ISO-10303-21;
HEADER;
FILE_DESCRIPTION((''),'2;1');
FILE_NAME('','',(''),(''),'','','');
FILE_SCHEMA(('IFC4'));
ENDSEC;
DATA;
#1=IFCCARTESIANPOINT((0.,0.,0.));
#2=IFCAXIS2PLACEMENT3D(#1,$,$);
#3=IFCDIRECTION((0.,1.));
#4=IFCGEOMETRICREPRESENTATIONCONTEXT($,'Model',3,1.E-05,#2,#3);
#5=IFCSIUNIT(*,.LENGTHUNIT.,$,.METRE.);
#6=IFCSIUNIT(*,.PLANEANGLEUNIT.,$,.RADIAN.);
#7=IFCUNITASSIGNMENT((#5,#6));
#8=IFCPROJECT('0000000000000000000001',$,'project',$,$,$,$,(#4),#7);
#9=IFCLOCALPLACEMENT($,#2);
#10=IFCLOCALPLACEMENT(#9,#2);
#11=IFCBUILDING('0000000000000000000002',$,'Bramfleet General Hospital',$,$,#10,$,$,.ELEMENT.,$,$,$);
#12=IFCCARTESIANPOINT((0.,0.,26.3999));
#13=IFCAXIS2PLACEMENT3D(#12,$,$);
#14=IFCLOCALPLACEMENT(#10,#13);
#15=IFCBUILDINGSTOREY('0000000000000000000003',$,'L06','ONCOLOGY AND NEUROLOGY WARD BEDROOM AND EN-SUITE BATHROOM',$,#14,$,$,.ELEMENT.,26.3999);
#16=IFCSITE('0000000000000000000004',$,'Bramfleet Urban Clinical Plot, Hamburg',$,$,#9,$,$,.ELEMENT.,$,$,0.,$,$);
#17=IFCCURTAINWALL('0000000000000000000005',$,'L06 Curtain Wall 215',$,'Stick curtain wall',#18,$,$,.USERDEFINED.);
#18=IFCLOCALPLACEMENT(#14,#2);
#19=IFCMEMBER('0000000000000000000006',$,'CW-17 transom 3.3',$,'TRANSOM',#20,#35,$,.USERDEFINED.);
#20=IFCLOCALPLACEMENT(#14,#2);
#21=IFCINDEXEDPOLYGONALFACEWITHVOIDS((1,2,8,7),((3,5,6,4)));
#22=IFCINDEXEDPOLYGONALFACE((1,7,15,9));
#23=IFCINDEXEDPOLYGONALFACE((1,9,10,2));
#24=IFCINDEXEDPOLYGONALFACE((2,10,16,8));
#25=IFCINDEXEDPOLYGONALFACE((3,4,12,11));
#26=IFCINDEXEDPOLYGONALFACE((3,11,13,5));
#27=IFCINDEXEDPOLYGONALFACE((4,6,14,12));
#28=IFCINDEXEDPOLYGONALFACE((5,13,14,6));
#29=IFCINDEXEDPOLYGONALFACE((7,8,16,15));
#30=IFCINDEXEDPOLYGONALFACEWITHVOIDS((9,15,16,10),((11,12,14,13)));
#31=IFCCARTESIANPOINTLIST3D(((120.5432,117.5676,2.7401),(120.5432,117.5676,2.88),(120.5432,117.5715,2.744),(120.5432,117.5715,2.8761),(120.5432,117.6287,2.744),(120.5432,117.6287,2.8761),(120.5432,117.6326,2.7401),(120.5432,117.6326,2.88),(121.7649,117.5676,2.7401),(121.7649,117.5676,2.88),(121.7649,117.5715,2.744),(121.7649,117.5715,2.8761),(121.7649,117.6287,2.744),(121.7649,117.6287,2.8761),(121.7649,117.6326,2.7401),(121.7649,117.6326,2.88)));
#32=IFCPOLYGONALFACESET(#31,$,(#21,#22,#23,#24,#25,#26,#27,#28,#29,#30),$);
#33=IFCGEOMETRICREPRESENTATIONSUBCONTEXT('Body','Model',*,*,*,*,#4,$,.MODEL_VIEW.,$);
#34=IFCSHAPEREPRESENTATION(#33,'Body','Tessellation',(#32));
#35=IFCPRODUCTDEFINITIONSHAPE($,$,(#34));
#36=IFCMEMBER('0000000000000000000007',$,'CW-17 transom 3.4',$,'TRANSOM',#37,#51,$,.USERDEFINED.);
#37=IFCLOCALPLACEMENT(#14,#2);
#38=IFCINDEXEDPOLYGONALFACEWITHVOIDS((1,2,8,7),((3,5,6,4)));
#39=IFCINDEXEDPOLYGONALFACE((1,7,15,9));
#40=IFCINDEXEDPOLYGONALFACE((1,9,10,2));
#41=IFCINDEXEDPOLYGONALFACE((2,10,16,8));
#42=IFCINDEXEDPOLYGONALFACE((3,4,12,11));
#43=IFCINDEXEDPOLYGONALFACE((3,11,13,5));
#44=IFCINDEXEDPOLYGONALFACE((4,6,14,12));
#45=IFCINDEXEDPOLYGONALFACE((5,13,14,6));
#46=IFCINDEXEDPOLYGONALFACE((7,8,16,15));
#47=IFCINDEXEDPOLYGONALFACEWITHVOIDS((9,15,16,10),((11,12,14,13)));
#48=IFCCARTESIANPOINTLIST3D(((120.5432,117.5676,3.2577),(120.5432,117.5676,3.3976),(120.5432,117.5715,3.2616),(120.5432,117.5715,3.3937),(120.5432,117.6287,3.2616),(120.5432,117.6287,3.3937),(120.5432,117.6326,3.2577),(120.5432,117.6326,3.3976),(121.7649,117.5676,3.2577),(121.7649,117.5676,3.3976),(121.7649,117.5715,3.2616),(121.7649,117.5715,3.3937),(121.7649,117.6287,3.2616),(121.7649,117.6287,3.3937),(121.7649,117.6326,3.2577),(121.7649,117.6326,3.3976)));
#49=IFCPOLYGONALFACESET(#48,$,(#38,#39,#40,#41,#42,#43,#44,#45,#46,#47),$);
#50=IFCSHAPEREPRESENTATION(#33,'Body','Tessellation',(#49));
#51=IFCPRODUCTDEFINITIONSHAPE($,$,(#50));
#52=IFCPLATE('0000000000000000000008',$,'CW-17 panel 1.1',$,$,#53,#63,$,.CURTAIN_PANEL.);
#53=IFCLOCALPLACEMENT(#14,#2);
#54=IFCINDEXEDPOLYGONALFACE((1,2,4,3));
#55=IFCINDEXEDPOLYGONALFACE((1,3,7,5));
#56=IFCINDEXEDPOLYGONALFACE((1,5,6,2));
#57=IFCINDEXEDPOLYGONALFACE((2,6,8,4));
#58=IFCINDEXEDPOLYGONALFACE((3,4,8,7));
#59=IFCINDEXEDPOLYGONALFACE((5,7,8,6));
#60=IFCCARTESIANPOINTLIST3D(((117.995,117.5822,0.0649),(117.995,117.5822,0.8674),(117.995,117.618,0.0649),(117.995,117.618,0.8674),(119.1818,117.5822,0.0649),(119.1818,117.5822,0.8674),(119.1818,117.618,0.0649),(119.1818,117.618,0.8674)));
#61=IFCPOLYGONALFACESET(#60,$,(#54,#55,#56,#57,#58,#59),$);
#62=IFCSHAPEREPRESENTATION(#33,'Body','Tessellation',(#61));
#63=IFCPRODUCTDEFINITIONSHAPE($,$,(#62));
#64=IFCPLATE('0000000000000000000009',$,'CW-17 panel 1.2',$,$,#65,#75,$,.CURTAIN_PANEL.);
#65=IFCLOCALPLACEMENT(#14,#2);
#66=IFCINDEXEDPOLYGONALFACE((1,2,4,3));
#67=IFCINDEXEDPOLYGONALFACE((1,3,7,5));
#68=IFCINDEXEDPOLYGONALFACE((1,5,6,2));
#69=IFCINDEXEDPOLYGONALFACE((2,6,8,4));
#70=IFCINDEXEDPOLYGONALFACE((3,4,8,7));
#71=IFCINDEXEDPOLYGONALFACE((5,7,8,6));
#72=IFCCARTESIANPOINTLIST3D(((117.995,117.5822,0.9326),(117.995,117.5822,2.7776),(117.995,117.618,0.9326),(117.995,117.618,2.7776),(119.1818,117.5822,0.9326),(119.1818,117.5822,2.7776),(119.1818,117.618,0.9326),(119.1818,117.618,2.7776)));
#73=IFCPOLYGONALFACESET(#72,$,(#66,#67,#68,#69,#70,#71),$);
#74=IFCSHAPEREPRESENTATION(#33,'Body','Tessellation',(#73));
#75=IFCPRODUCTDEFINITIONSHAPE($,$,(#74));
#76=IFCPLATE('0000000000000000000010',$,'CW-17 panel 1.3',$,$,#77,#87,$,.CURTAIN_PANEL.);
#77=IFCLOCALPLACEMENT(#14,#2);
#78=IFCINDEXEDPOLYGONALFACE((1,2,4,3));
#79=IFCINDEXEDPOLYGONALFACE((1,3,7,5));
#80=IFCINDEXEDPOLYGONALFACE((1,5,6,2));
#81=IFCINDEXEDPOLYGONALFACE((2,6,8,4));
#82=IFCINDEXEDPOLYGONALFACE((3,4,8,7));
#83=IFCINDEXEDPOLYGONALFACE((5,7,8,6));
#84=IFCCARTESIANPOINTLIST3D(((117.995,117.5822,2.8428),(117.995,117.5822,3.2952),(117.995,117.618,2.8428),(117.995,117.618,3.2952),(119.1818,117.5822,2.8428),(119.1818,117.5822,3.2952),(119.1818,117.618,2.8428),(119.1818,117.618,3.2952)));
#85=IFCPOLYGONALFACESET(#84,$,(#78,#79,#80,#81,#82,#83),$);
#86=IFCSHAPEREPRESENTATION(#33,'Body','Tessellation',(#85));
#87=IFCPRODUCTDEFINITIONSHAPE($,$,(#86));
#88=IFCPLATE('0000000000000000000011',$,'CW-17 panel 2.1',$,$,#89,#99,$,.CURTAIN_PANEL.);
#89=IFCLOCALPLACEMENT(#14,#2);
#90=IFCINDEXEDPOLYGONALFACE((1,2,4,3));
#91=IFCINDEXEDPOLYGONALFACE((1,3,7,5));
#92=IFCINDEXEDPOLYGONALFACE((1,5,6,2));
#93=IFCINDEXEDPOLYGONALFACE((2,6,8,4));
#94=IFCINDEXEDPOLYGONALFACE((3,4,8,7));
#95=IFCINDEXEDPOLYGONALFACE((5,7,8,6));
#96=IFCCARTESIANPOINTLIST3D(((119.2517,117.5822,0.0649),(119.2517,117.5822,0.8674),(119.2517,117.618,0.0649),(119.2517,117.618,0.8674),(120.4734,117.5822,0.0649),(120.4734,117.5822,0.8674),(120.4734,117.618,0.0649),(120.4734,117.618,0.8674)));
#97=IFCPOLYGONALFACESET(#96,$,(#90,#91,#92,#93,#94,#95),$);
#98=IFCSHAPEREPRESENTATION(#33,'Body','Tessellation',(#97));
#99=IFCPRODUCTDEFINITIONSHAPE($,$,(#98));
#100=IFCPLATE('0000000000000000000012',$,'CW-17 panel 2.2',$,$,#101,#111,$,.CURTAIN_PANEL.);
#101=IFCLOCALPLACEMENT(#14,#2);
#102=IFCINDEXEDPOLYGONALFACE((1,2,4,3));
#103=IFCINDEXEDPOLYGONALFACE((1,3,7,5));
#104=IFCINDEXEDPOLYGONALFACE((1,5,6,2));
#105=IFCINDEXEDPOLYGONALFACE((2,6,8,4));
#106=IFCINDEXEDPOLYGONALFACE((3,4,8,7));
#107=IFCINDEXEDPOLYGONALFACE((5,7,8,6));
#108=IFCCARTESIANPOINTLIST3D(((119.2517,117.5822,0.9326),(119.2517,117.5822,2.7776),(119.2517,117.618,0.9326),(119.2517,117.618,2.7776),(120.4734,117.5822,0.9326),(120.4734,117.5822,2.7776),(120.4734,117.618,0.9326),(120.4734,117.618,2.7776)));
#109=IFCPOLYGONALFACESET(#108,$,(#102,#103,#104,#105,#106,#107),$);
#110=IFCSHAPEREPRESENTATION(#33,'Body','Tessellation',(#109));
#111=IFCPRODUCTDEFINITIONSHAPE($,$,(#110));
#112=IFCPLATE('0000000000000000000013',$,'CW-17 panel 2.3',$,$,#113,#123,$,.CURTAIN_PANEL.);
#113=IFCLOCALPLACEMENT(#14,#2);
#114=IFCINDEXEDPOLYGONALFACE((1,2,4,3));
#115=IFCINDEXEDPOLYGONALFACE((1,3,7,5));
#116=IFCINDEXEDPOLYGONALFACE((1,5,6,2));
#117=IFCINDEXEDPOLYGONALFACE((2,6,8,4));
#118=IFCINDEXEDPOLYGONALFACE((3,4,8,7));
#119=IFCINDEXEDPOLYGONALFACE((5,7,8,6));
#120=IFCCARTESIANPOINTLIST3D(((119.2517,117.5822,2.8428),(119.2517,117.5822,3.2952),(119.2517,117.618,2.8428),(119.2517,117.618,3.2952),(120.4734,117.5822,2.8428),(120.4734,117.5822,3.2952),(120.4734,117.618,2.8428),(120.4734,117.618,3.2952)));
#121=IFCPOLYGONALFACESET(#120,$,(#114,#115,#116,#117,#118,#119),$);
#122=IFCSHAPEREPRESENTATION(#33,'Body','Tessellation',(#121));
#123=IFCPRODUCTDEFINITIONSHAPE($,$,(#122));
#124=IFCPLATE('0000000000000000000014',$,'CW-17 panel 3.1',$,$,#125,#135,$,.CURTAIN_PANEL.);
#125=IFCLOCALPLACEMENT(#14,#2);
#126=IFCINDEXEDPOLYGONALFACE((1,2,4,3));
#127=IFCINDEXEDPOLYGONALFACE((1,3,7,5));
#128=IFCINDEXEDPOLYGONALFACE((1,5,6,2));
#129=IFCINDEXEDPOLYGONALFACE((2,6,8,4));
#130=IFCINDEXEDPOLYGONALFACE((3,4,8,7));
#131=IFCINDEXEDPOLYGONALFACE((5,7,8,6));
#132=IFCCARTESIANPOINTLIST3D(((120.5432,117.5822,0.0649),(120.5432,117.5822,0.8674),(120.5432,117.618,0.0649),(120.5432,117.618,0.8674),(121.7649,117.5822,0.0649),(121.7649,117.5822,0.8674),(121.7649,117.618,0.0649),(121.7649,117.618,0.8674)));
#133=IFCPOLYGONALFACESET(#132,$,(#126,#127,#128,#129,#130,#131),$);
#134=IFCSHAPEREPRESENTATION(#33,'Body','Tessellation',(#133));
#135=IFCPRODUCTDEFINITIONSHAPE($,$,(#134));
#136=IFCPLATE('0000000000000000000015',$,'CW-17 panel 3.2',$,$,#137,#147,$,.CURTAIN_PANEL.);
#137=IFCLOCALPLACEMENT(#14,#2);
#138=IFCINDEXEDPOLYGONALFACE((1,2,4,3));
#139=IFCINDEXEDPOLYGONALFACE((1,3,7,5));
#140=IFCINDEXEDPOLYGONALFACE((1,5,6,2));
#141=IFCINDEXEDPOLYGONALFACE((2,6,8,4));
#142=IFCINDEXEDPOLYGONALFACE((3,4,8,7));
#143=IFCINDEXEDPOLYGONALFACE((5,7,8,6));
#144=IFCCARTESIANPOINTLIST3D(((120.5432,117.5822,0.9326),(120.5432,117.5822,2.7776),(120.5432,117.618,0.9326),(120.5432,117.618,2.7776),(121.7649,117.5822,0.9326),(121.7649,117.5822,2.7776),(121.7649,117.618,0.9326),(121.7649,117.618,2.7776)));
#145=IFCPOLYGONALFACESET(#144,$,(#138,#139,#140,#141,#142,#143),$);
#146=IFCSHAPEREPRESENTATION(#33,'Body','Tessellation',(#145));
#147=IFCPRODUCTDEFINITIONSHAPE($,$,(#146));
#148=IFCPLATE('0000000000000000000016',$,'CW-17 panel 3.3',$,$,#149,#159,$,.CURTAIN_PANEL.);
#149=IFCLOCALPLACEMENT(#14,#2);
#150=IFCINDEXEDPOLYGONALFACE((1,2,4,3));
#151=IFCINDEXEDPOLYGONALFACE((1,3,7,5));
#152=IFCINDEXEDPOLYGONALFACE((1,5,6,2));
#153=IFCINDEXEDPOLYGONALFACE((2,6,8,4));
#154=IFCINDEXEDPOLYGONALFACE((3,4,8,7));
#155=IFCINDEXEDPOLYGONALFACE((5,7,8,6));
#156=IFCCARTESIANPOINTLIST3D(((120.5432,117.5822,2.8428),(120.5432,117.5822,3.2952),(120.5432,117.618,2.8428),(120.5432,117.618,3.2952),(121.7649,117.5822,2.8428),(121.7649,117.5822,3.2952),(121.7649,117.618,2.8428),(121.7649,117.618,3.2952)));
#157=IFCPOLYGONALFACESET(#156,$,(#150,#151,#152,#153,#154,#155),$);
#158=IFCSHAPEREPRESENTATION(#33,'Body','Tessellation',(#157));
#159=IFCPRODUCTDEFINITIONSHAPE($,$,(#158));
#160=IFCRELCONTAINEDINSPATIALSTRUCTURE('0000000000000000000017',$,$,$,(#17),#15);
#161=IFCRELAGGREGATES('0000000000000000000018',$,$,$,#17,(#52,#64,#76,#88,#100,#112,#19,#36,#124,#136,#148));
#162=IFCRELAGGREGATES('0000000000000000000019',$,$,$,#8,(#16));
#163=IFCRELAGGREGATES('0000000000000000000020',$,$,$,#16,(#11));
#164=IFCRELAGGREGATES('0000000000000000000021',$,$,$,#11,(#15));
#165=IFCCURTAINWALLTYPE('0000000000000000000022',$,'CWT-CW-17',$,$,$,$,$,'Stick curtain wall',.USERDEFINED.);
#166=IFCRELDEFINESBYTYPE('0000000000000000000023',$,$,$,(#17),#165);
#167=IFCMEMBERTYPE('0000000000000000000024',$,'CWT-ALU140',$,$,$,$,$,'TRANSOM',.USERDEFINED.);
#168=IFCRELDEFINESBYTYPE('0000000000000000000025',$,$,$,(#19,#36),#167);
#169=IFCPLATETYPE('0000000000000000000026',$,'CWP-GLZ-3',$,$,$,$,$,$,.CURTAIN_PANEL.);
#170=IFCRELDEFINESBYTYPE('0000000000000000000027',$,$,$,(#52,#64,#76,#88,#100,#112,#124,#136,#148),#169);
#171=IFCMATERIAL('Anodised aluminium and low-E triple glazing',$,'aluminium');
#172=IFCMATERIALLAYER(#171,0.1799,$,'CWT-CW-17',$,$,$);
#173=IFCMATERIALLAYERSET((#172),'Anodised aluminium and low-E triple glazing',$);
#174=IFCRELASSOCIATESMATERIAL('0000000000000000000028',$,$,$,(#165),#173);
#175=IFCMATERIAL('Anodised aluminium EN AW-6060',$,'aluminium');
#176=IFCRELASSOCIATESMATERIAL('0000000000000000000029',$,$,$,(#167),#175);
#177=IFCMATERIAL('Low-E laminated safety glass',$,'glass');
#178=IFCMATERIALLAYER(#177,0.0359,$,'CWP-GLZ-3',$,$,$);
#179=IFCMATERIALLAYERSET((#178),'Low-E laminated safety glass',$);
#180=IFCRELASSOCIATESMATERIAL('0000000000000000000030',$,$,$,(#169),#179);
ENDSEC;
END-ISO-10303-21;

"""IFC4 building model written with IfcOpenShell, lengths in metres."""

from ifc_helpers import new_model, si_unit, direction, frame, origin, origin_2d, place, context, subcontext, project, spatial, rectangle, hollow_rectangle, extrude, material, layer, layer_set, material_profile, profile_set, type_object, element, aggregate, save


model = new_model("IFC4")

# Units and contexts
model_context = context("Model", 3, precision=1e-05, world=origin(), true_north=direction((0.0, 1.0)))
body_context = subcontext(model_context, "Body", "Model", "MODEL_VIEW")
ifc_project = project(units=[si_unit("LENGTHUNIT", "METRE"), si_unit("PLANEANGLEUNIT", "RADIAN")], contexts=[model_context])

# Site, building, storey
site_placement = place(None, origin())
site = spatial("IfcSite", under=ifc_project, at=site_placement, Name="Bramfleet Urban Clinical Plot, Hamburg", CompositionType="ELEMENT", RefElevation=0.0)
building_placement = place(site_placement, origin())
building = spatial("IfcBuilding", under=site, at=building_placement, Name="Bramfleet General Hospital", CompositionType="ELEMENT")
storey_placement = place(building_placement, frame((0.0, 0.0, 26.3999)))
storey = spatial("IfcBuildingStorey", under=building, at=storey_placement, Name="L06", Description="ONCOLOGY AND NEUROLOGY WARD BEDROOM AND EN-SUITE BATHROOM", CompositionType="ELEMENT", Elevation=26.3999)

# Curtain wall, members, plates
ifc_material_1 = material(Name="Anodised aluminium and low-E triple glazing", Category="aluminium")
ifc_layer_1 = layer(ifc_material_1, 0.1799, Name="CWT-CW-17")
ifc_layer_set_1 = layer_set([ifc_layer_1], Name="Anodised aluminium and low-E triple glazing")
curtain_wall_type = type_object("IfcCurtainWallType", Name="CWT-CW-17", ElementType="Stick curtain wall", PredefinedType="USERDEFINED", material=ifc_layer_set_1)
curtain_wall_placement = place(storey_placement, origin())
curtain_wall = element("IfcCurtainWall", 1, at=curtain_wall_placement, inside=storey, type_object=curtain_wall_type, Name="L06 Curtain Wall 215", ObjectType="Stick curtain wall", PredefinedType="USERDEFINED")
ifc_material_2 = material(Name="Anodised aluminium EN AW-6060", Category="aluminium")
ifc_material_profile_1 = material_profile(ifc_material_2, hollow_rectangle(XDim=0.0649, YDim=0.1399, WallThickness=0.0039, at=origin_2d()), Name="ALU 140x65x4.0")
ifc_profile_set_1 = profile_set([ifc_material_profile_1], Name="Anodised aluminium EN AW-6060")
member_type_1 = type_object("IfcMemberType", Name="CWT-ALU140", ElementType="TRANSOM", PredefinedType="USERDEFINED", material=ifc_profile_set_1)
member_1_placement = place(storey_placement, frame((120.5432, 117.6001, 2.8101), z_axis=(1.0, 0.0, 0.0), x_axis=(0.0, 1.0, 0.0)))
member_1 = element("IfcMember", 2, at=member_1_placement, type_object=member_type_1, Name="CW-17 transom 3.3", ObjectType="TRANSOM", PredefinedType="USERDEFINED", context=body_context, shape_type="SweptSolid", body=[
    extrude(hollow_rectangle(XDim=0.0649, YDim=0.1399, WallThickness=0.0039, at=origin_2d()), origin(), (0.0, 0.0, 1.0), 1.2217),
])
member_2_placement = place(storey_placement, frame((120.5432, 117.6001, 3.3276), z_axis=(1.0, 0.0, 0.0), x_axis=(0.0, 1.0, 0.0)))
member_2 = element("IfcMember", 3, at=member_2_placement, type_object=member_type_1, Name="CW-17 transom 3.4", ObjectType="TRANSOM", PredefinedType="USERDEFINED", context=body_context, shape_type="SweptSolid", body=[
    extrude(hollow_rectangle(XDim=0.0649, YDim=0.1399, WallThickness=0.0039, at=origin_2d()), origin(), (0.0, 0.0, 1.0), 1.2217),
])
ifc_material_3 = material(Name="Low-E laminated safety glass", Category="glass")
ifc_layer_2 = layer(ifc_material_3, 0.0359, Name="CWP-GLZ-3")
ifc_layer_set_2 = layer_set([ifc_layer_2], Name="Low-E laminated safety glass")
plate_type = type_object("IfcPlateType", Name="CWP-GLZ-3", PredefinedType="CURTAIN_PANEL", material=ifc_layer_set_2)
plate_1_placement = place(storey_placement, frame((118.5884, 117.6001, 0.0649), z_axis=(0.0, 0.0, 1.0), x_axis=(1.0, 0.0, 0.0)))
plate_1 = element("IfcPlate", 4, at=plate_1_placement, type_object=plate_type, Name="CW-17 panel 1.1", PredefinedType="CURTAIN_PANEL", context=body_context, shape_type="SweptSolid", body=[
    extrude(rectangle(XDim=1.1868, YDim=0.0359, at=origin_2d()), origin(), (0.0, 0.0, 1.0), 0.8025),
])
plate_2_placement = place(storey_placement, frame((118.5884, 117.6001, 0.9326), z_axis=(0.0, 0.0, 1.0), x_axis=(1.0, 0.0, 0.0)))
plate_2 = element("IfcPlate", 5, at=plate_2_placement, type_object=plate_type, Name="CW-17 panel 1.2", PredefinedType="CURTAIN_PANEL", context=body_context, shape_type="SweptSolid", body=[
    extrude(rectangle(XDim=1.1868, YDim=0.0359, at=origin_2d()), origin(), (0.0, 0.0, 1.0), 1.845),
])
plate_3_placement = place(storey_placement, frame((118.5884, 117.6001, 2.8428), z_axis=(0.0, 0.0, 1.0), x_axis=(1.0, 0.0, 0.0)))
plate_3 = element("IfcPlate", 6, at=plate_3_placement, type_object=plate_type, Name="CW-17 panel 1.3", PredefinedType="CURTAIN_PANEL", context=body_context, shape_type="SweptSolid", body=[
    extrude(rectangle(XDim=1.1868, YDim=0.0359, at=origin_2d()), origin(), (0.0, 0.0, 1.0), 0.4524),
])
plate_4_placement = place(storey_placement, frame((119.8625, 117.6001, 0.0649), z_axis=(0.0, 0.0, 1.0), x_axis=(1.0, 0.0, 0.0)))
plate_4 = element("IfcPlate", 7, at=plate_4_placement, type_object=plate_type, Name="CW-17 panel 2.1", PredefinedType="CURTAIN_PANEL", context=body_context, shape_type="SweptSolid", body=[
    extrude(rectangle(XDim=1.2217, YDim=0.0359, at=origin_2d()), origin(), (0.0, 0.0, 1.0), 0.8025),
])
plate_5_placement = place(storey_placement, frame((119.8625, 117.6001, 0.9326), z_axis=(0.0, 0.0, 1.0), x_axis=(1.0, 0.0, 0.0)))
plate_5 = element("IfcPlate", 8, at=plate_5_placement, type_object=plate_type, Name="CW-17 panel 2.2", PredefinedType="CURTAIN_PANEL", context=body_context, shape_type="SweptSolid", body=[
    extrude(rectangle(XDim=1.2217, YDim=0.0359, at=origin_2d()), origin(), (0.0, 0.0, 1.0), 1.845),
])
plate_6_placement = place(storey_placement, frame((119.8625, 117.6001, 2.8428), z_axis=(0.0, 0.0, 1.0), x_axis=(1.0, 0.0, 0.0)))
plate_6 = element("IfcPlate", 9, at=plate_6_placement, type_object=plate_type, Name="CW-17 panel 2.3", PredefinedType="CURTAIN_PANEL", context=body_context, shape_type="SweptSolid", body=[
    extrude(rectangle(XDim=1.2217, YDim=0.0359, at=origin_2d()), origin(), (0.0, 0.0, 1.0), 0.4524),
])
plate_7_placement = place(storey_placement, frame((121.1541, 117.6001, 0.0649), z_axis=(0.0, 0.0, 1.0), x_axis=(1.0, 0.0, 0.0)))
plate_7 = element("IfcPlate", 10, at=plate_7_placement, type_object=plate_type, Name="CW-17 panel 3.1", PredefinedType="CURTAIN_PANEL", context=body_context, shape_type="SweptSolid", body=[
    extrude(rectangle(XDim=1.2217, YDim=0.0359, at=origin_2d()), origin(), (0.0, 0.0, 1.0), 0.8025),
])
plate_8_placement = place(storey_placement, frame((121.1541, 117.6001, 0.9326), z_axis=(0.0, 0.0, 1.0), x_axis=(1.0, 0.0, 0.0)))
plate_8 = element("IfcPlate", 11, at=plate_8_placement, type_object=plate_type, Name="CW-17 panel 3.2", PredefinedType="CURTAIN_PANEL", context=body_context, shape_type="SweptSolid", body=[
    extrude(rectangle(XDim=1.2217, YDim=0.0359, at=origin_2d()), origin(), (0.0, 0.0, 1.0), 1.845),
])
plate_9_placement = place(storey_placement, frame((121.1541, 117.6001, 2.8428), z_axis=(0.0, 0.0, 1.0), x_axis=(1.0, 0.0, 0.0)))
plate_9 = element("IfcPlate", 12, at=plate_9_placement, type_object=plate_type, Name="CW-17 panel 3.3", PredefinedType="CURTAIN_PANEL", context=body_context, shape_type="SweptSolid", body=[
    extrude(rectangle(XDim=1.2217, YDim=0.0359, at=origin_2d()), origin(), (0.0, 0.0, 1.0), 0.4524),
])
aggregate(curtain_wall, [plate_1, plate_2, plate_3, plate_4, plate_5, plate_6, member_1, member_2, plate_7, plate_8, plate_9])

save(model, "model.ifc")
